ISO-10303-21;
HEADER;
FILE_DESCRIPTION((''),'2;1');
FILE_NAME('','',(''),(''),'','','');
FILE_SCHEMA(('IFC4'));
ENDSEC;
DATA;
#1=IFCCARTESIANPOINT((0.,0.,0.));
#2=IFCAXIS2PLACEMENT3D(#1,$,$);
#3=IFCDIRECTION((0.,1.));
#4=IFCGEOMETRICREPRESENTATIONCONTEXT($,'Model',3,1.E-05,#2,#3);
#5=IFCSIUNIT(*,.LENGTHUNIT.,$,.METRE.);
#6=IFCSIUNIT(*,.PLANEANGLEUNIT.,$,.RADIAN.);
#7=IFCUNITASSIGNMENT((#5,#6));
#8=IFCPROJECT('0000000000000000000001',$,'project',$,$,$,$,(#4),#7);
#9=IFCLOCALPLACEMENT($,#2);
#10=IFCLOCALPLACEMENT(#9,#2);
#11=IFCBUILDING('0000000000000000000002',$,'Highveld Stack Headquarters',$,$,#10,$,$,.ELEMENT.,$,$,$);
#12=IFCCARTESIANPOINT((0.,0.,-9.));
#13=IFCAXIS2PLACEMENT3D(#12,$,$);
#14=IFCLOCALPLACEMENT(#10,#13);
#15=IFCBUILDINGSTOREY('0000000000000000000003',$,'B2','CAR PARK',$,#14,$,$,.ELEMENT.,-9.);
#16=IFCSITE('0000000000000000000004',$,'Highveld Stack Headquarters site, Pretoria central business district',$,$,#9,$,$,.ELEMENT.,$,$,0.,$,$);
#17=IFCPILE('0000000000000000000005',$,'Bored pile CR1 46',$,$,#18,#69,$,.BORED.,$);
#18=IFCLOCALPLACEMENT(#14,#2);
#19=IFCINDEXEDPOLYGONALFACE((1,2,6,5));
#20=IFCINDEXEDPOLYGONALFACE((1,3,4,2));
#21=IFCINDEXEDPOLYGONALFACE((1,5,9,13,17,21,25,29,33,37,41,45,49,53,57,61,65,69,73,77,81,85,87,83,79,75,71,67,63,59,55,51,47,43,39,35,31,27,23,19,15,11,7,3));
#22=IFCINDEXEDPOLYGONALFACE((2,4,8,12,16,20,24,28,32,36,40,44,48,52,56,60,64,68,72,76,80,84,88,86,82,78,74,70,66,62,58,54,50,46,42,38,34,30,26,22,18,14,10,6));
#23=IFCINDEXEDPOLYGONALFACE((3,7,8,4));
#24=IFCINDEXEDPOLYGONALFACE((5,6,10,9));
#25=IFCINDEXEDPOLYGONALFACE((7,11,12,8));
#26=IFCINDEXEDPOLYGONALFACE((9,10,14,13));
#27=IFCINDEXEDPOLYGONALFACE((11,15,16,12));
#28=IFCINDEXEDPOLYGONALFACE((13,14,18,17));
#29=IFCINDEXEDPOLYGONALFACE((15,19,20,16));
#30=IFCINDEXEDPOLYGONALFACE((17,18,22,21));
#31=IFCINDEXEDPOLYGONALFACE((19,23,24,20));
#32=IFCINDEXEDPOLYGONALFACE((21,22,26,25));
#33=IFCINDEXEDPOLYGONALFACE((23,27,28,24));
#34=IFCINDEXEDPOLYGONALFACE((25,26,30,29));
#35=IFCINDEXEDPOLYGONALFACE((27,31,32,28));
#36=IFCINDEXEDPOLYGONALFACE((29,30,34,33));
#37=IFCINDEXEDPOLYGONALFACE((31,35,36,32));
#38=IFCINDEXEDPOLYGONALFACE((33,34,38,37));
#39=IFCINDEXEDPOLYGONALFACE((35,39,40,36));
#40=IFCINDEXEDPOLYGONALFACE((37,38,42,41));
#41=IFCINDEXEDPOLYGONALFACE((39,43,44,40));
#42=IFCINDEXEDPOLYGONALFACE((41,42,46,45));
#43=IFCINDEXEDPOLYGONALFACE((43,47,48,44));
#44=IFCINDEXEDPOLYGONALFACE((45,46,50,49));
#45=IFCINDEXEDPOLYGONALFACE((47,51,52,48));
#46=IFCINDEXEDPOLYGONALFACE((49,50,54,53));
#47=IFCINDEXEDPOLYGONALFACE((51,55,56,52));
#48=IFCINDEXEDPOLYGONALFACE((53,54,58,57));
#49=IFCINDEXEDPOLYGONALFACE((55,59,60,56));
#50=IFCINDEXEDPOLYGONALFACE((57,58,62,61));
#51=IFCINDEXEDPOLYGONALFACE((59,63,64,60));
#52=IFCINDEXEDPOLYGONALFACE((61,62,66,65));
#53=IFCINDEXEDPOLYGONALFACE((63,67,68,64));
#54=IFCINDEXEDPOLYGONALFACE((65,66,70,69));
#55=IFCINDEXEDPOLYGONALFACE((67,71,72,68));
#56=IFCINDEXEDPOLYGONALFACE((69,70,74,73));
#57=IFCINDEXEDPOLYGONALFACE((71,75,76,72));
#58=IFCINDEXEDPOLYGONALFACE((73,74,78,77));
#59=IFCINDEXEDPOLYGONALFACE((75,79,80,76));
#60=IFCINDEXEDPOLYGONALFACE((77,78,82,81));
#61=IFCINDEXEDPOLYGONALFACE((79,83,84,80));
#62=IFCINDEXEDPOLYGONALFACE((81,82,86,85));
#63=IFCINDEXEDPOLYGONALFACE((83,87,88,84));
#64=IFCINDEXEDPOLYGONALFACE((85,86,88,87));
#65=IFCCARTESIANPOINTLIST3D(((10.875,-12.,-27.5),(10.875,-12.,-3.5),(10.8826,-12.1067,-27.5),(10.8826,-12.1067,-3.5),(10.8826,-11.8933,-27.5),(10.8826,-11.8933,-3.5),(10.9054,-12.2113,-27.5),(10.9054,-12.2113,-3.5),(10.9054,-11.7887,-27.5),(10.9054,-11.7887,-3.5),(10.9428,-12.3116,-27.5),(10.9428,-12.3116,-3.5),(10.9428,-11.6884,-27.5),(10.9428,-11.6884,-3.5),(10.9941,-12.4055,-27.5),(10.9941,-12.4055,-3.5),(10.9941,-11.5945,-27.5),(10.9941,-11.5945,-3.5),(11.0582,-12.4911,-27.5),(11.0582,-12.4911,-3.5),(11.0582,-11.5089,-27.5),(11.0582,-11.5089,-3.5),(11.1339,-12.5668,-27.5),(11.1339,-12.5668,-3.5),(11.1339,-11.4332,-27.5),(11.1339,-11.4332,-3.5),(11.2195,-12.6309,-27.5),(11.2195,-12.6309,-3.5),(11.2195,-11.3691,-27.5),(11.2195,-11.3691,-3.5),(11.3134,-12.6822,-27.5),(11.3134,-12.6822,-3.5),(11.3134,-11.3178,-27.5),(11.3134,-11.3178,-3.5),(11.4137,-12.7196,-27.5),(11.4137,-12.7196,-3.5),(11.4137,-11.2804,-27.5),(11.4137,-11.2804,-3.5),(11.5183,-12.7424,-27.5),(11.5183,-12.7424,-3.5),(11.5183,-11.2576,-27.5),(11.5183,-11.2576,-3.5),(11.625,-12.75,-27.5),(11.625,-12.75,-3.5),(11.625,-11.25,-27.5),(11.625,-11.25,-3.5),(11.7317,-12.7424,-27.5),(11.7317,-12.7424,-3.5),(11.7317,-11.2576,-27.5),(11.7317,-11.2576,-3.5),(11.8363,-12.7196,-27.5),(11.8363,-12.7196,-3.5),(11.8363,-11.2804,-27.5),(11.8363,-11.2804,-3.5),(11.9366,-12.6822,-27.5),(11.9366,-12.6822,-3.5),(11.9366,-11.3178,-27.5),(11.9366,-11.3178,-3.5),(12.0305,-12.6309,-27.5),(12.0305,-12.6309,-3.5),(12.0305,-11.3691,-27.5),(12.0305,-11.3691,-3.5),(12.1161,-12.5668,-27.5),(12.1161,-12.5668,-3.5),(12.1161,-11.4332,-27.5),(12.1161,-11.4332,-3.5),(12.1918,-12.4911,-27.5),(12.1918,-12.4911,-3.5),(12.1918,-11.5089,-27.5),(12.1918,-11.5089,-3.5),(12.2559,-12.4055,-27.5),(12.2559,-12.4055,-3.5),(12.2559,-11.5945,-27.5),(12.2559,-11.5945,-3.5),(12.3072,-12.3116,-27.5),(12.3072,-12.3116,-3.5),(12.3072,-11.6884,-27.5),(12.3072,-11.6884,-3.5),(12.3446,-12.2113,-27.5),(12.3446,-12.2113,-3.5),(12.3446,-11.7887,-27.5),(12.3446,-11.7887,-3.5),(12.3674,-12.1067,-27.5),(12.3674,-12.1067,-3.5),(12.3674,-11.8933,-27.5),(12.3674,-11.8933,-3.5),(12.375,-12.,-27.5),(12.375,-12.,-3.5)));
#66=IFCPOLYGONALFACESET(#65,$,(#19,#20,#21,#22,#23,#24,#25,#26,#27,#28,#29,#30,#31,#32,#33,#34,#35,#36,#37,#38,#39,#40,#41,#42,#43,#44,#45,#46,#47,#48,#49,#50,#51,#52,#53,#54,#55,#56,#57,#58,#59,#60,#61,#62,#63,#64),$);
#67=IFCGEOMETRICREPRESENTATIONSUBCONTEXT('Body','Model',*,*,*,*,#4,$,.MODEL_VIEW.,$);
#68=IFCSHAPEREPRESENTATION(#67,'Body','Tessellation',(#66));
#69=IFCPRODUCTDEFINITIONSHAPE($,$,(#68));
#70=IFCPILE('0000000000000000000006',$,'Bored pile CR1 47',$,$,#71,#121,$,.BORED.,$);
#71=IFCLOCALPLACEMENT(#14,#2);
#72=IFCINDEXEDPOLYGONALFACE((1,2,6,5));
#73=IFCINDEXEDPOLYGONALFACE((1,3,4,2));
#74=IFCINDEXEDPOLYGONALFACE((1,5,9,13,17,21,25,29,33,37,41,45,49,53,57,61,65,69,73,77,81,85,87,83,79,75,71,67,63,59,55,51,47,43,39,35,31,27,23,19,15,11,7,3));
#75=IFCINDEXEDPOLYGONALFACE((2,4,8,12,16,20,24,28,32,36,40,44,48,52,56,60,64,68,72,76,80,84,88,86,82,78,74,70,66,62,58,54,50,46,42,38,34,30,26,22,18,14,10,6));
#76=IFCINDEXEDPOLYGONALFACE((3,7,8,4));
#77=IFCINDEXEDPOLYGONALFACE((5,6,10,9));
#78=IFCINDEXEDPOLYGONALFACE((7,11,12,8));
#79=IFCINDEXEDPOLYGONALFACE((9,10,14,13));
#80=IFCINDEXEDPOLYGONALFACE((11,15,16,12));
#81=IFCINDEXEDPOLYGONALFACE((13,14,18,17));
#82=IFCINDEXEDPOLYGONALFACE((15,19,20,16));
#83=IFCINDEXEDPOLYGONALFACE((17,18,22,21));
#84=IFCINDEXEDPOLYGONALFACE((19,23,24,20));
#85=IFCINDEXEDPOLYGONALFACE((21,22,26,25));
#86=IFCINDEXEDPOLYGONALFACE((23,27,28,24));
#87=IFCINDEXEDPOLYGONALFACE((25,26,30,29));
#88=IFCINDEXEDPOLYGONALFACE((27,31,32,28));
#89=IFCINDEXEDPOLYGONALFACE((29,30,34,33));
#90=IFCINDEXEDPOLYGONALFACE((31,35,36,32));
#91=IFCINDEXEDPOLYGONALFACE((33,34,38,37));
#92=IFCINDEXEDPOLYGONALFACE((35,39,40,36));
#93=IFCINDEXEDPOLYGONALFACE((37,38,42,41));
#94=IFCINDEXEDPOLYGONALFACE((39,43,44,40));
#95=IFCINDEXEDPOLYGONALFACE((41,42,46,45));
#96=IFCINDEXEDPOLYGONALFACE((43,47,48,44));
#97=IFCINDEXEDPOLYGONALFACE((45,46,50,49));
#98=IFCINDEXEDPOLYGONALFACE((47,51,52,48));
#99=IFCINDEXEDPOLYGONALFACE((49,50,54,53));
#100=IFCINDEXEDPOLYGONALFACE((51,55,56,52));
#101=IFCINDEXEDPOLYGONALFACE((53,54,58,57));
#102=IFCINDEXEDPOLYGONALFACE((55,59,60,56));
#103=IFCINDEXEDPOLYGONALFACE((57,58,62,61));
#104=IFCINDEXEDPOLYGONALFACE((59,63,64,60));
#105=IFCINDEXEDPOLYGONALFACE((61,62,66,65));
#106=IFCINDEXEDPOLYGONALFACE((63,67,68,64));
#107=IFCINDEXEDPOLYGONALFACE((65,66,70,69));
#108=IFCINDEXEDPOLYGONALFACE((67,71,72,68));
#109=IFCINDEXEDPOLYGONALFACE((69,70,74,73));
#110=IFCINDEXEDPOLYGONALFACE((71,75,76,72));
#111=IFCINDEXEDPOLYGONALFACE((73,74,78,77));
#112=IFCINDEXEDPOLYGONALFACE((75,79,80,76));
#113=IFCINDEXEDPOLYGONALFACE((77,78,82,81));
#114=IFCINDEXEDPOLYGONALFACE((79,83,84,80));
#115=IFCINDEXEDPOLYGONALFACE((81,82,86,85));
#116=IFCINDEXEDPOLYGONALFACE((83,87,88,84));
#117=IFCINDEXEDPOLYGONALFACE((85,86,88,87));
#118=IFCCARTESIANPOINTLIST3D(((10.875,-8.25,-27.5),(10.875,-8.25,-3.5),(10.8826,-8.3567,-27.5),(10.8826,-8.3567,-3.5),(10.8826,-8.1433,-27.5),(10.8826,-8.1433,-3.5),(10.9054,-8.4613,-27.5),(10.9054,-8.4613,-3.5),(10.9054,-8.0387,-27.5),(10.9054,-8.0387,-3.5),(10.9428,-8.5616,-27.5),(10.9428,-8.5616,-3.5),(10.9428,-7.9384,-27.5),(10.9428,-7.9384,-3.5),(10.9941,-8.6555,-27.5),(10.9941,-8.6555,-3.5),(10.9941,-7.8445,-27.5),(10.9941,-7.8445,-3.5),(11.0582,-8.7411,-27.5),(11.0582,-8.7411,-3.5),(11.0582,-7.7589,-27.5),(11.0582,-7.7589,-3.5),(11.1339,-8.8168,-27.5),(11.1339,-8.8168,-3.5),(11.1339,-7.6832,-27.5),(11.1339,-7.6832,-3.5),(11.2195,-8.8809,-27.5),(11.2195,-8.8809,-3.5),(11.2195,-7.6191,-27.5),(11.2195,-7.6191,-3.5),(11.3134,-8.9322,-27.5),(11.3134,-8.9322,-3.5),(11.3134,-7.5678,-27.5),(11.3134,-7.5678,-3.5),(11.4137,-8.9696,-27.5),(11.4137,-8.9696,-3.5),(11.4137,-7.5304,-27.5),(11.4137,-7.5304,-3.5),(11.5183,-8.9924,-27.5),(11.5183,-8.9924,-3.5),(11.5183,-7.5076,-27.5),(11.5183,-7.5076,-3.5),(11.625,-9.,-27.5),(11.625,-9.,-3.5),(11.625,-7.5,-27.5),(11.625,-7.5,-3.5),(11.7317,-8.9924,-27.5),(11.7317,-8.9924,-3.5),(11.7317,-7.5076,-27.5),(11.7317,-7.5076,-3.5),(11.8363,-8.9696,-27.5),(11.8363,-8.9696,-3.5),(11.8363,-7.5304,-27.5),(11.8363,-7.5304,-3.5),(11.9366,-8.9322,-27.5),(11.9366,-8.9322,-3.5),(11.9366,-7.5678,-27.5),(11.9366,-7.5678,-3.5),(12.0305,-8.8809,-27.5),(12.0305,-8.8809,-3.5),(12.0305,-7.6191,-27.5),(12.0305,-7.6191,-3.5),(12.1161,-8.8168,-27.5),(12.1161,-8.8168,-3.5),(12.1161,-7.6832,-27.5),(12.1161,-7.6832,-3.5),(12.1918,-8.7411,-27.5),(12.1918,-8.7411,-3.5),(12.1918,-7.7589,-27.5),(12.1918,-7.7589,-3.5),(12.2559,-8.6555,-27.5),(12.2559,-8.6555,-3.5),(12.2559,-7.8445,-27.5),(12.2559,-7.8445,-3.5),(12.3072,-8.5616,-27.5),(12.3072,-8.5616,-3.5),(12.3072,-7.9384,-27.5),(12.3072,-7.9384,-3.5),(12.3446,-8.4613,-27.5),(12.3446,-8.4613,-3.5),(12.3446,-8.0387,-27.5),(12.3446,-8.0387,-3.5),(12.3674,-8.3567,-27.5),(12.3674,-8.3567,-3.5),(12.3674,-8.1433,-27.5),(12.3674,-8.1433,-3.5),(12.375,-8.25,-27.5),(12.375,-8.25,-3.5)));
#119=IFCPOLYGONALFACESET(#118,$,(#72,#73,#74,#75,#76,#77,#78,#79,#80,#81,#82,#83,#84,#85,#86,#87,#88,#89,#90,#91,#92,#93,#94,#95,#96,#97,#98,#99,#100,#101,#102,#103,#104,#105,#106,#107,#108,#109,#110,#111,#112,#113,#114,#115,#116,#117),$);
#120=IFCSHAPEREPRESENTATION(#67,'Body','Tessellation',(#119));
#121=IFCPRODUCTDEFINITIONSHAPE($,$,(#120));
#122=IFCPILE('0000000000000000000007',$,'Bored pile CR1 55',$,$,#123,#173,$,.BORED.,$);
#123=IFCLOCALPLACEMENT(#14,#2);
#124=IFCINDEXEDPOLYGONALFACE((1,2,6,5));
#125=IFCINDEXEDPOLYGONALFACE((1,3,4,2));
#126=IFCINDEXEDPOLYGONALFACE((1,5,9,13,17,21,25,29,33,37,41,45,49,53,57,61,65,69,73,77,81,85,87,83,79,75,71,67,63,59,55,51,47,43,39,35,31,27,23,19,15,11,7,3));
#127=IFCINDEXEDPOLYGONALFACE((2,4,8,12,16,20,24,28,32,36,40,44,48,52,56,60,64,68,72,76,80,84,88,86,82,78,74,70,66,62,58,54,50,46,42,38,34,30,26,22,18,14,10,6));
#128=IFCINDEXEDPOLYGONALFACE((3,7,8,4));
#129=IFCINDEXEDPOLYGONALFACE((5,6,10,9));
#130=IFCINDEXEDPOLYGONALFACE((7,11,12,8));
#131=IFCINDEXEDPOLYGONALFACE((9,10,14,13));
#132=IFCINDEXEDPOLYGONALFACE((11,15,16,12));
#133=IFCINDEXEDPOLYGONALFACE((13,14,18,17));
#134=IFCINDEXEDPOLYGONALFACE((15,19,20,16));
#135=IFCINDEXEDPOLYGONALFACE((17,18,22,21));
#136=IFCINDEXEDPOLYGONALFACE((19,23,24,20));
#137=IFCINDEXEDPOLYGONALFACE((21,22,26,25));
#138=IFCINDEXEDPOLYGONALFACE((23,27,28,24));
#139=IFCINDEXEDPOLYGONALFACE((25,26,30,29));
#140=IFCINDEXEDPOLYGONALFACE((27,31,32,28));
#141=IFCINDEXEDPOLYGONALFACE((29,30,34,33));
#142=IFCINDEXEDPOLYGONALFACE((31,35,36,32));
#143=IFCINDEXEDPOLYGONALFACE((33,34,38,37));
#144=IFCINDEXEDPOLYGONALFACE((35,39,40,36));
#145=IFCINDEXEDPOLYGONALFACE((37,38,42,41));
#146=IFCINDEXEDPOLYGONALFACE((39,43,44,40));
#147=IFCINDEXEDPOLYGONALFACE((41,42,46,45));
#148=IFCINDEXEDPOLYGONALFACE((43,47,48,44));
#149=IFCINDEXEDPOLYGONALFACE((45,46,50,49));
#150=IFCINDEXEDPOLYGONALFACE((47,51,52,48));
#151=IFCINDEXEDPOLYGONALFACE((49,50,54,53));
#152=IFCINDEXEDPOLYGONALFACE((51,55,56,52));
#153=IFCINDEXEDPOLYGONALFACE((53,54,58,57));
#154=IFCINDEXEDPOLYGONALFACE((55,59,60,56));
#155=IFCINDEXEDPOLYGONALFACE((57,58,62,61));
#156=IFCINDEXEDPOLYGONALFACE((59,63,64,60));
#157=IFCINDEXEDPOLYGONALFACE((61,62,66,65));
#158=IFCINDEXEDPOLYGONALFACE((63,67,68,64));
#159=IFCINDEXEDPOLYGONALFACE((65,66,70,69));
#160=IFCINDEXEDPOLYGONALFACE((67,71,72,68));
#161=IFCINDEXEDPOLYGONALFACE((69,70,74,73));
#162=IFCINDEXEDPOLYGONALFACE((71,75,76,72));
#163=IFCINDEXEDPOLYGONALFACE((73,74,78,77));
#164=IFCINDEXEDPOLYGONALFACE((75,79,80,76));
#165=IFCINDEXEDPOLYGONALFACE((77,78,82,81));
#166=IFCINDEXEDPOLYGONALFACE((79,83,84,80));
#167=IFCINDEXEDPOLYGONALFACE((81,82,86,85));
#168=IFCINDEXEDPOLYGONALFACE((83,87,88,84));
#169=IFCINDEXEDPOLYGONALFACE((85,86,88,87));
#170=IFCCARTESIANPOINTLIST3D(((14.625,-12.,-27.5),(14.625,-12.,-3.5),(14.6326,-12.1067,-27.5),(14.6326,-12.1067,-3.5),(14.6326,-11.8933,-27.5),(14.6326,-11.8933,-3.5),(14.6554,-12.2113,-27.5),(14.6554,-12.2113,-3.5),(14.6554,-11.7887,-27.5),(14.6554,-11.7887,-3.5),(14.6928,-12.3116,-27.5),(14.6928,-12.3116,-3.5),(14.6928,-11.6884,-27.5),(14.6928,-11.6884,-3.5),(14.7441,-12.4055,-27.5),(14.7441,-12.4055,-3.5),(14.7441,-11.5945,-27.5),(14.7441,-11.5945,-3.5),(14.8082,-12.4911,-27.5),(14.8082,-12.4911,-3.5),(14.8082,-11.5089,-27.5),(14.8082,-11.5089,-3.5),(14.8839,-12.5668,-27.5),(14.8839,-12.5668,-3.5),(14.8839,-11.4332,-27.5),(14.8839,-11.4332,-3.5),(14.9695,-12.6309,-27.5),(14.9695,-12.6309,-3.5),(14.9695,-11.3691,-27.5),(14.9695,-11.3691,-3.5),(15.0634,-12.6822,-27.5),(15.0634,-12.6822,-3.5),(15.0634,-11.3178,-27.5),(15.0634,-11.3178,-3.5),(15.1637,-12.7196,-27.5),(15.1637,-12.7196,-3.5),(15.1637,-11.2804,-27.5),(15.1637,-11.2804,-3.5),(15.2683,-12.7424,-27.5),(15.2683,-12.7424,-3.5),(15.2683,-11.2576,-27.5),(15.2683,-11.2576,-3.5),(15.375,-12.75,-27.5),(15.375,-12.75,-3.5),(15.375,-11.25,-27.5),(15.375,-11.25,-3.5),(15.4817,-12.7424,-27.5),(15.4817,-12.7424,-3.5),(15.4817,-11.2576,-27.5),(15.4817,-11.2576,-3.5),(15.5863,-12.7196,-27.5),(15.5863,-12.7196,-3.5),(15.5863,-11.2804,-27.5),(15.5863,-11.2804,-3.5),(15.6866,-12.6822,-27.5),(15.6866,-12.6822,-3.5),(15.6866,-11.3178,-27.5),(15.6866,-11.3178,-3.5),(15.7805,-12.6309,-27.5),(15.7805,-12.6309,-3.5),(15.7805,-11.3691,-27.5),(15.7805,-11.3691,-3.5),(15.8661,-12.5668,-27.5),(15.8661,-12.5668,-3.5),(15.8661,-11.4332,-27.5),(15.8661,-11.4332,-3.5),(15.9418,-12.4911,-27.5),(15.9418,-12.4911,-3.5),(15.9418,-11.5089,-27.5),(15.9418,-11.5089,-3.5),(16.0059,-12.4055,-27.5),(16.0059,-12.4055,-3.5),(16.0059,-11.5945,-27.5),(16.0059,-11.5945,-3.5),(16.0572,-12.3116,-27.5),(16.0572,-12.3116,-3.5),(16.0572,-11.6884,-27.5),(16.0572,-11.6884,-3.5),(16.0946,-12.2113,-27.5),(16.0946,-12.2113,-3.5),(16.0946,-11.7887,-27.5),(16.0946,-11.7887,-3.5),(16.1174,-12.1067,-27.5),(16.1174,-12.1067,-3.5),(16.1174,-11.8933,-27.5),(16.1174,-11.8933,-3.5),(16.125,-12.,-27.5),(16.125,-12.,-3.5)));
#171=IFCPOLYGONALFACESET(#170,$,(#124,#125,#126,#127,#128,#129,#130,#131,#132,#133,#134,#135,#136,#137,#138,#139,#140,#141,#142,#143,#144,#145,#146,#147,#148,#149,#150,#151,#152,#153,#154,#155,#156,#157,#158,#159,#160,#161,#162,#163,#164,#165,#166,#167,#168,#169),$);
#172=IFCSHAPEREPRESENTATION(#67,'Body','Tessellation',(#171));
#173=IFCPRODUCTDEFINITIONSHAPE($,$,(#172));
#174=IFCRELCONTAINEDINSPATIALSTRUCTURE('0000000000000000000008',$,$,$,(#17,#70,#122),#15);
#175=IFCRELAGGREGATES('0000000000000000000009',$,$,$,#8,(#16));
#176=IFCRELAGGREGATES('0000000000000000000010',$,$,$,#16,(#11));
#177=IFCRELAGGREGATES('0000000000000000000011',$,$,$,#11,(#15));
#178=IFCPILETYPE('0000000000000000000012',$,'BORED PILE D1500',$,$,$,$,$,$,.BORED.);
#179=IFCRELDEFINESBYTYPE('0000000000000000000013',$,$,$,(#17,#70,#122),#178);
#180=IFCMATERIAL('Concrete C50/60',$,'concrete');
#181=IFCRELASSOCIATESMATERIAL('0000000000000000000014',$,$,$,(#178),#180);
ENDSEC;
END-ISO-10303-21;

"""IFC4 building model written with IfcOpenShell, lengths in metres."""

from ifc_helpers import new_model, si_unit, direction, frame, origin, origin_2d, place, context, subcontext, project, spatial, circle, extrude, material, type_object, element, save


model = new_model("IFC4")

# Units and contexts
model_context = context("Model", 3, precision=1e-05, world=origin(), true_north=direction((0.0, 1.0)))
body_context = subcontext(model_context, "Body", "Model", "MODEL_VIEW")
ifc_project = project(units=[si_unit("LENGTHUNIT", "METRE"), si_unit("PLANEANGLEUNIT", "RADIAN")], contexts=[model_context])

# Site, building, storey
site_placement = place(None, origin())
site = spatial("IfcSite", under=ifc_project, at=site_placement, Name="Highveld Stack Headquarters site, Pretoria central business district", CompositionType="ELEMENT", RefElevation=0.0)
building_placement = place(site_placement, origin())
building = spatial("IfcBuilding", under=site, at=building_placement, Name="Highveld Stack Headquarters", CompositionType="ELEMENT")
storey_placement = place(building_placement, frame((0.0, 0.0, -9.0)))
storey = spatial("IfcBuildingStorey", under=building, at=storey_placement, Name="B2", Description="CAR PARK", CompositionType="ELEMENT", Elevation=-9.0)

# Piles
ifc_material_1 = material(Name="Concrete C50/60", Category="concrete")
pile_type_1 = type_object("IfcPileType", Name="BORED PILE D1500", PredefinedType="BORED", material=ifc_material_1)
for number, where, z_axis, x_axis, name in (
    (1, (11.625, -12.0, -3.5), (0.0, 0.0, -1.0), (1.0, 0.0, 0.0), "Bored pile CR1 46"),
    (2, (11.625, -8.25, -3.5), (0.0, 0.0, -1.0), (1.0, 0.0, 0.0), "Bored pile CR1 47"),
    (3, (15.375, -12.0, -3.5), (0.0, 0.0, -1.0), (1.0, 0.0, 0.0), "Bored pile CR1 55"),
):
    element("IfcPile", number, at=place(storey_placement, frame(where, z_axis=z_axis, x_axis=x_axis)), inside=storey, type_object=pile_type_1, Name=name, PredefinedType="BORED", context=body_context, shape_type="SweptSolid", body=[
        extrude(circle(Radius=0.75, at=origin_2d()), origin(), (0.0, 0.0, 1.0), 24.0),
    ])

save(model, "model.ifc")
